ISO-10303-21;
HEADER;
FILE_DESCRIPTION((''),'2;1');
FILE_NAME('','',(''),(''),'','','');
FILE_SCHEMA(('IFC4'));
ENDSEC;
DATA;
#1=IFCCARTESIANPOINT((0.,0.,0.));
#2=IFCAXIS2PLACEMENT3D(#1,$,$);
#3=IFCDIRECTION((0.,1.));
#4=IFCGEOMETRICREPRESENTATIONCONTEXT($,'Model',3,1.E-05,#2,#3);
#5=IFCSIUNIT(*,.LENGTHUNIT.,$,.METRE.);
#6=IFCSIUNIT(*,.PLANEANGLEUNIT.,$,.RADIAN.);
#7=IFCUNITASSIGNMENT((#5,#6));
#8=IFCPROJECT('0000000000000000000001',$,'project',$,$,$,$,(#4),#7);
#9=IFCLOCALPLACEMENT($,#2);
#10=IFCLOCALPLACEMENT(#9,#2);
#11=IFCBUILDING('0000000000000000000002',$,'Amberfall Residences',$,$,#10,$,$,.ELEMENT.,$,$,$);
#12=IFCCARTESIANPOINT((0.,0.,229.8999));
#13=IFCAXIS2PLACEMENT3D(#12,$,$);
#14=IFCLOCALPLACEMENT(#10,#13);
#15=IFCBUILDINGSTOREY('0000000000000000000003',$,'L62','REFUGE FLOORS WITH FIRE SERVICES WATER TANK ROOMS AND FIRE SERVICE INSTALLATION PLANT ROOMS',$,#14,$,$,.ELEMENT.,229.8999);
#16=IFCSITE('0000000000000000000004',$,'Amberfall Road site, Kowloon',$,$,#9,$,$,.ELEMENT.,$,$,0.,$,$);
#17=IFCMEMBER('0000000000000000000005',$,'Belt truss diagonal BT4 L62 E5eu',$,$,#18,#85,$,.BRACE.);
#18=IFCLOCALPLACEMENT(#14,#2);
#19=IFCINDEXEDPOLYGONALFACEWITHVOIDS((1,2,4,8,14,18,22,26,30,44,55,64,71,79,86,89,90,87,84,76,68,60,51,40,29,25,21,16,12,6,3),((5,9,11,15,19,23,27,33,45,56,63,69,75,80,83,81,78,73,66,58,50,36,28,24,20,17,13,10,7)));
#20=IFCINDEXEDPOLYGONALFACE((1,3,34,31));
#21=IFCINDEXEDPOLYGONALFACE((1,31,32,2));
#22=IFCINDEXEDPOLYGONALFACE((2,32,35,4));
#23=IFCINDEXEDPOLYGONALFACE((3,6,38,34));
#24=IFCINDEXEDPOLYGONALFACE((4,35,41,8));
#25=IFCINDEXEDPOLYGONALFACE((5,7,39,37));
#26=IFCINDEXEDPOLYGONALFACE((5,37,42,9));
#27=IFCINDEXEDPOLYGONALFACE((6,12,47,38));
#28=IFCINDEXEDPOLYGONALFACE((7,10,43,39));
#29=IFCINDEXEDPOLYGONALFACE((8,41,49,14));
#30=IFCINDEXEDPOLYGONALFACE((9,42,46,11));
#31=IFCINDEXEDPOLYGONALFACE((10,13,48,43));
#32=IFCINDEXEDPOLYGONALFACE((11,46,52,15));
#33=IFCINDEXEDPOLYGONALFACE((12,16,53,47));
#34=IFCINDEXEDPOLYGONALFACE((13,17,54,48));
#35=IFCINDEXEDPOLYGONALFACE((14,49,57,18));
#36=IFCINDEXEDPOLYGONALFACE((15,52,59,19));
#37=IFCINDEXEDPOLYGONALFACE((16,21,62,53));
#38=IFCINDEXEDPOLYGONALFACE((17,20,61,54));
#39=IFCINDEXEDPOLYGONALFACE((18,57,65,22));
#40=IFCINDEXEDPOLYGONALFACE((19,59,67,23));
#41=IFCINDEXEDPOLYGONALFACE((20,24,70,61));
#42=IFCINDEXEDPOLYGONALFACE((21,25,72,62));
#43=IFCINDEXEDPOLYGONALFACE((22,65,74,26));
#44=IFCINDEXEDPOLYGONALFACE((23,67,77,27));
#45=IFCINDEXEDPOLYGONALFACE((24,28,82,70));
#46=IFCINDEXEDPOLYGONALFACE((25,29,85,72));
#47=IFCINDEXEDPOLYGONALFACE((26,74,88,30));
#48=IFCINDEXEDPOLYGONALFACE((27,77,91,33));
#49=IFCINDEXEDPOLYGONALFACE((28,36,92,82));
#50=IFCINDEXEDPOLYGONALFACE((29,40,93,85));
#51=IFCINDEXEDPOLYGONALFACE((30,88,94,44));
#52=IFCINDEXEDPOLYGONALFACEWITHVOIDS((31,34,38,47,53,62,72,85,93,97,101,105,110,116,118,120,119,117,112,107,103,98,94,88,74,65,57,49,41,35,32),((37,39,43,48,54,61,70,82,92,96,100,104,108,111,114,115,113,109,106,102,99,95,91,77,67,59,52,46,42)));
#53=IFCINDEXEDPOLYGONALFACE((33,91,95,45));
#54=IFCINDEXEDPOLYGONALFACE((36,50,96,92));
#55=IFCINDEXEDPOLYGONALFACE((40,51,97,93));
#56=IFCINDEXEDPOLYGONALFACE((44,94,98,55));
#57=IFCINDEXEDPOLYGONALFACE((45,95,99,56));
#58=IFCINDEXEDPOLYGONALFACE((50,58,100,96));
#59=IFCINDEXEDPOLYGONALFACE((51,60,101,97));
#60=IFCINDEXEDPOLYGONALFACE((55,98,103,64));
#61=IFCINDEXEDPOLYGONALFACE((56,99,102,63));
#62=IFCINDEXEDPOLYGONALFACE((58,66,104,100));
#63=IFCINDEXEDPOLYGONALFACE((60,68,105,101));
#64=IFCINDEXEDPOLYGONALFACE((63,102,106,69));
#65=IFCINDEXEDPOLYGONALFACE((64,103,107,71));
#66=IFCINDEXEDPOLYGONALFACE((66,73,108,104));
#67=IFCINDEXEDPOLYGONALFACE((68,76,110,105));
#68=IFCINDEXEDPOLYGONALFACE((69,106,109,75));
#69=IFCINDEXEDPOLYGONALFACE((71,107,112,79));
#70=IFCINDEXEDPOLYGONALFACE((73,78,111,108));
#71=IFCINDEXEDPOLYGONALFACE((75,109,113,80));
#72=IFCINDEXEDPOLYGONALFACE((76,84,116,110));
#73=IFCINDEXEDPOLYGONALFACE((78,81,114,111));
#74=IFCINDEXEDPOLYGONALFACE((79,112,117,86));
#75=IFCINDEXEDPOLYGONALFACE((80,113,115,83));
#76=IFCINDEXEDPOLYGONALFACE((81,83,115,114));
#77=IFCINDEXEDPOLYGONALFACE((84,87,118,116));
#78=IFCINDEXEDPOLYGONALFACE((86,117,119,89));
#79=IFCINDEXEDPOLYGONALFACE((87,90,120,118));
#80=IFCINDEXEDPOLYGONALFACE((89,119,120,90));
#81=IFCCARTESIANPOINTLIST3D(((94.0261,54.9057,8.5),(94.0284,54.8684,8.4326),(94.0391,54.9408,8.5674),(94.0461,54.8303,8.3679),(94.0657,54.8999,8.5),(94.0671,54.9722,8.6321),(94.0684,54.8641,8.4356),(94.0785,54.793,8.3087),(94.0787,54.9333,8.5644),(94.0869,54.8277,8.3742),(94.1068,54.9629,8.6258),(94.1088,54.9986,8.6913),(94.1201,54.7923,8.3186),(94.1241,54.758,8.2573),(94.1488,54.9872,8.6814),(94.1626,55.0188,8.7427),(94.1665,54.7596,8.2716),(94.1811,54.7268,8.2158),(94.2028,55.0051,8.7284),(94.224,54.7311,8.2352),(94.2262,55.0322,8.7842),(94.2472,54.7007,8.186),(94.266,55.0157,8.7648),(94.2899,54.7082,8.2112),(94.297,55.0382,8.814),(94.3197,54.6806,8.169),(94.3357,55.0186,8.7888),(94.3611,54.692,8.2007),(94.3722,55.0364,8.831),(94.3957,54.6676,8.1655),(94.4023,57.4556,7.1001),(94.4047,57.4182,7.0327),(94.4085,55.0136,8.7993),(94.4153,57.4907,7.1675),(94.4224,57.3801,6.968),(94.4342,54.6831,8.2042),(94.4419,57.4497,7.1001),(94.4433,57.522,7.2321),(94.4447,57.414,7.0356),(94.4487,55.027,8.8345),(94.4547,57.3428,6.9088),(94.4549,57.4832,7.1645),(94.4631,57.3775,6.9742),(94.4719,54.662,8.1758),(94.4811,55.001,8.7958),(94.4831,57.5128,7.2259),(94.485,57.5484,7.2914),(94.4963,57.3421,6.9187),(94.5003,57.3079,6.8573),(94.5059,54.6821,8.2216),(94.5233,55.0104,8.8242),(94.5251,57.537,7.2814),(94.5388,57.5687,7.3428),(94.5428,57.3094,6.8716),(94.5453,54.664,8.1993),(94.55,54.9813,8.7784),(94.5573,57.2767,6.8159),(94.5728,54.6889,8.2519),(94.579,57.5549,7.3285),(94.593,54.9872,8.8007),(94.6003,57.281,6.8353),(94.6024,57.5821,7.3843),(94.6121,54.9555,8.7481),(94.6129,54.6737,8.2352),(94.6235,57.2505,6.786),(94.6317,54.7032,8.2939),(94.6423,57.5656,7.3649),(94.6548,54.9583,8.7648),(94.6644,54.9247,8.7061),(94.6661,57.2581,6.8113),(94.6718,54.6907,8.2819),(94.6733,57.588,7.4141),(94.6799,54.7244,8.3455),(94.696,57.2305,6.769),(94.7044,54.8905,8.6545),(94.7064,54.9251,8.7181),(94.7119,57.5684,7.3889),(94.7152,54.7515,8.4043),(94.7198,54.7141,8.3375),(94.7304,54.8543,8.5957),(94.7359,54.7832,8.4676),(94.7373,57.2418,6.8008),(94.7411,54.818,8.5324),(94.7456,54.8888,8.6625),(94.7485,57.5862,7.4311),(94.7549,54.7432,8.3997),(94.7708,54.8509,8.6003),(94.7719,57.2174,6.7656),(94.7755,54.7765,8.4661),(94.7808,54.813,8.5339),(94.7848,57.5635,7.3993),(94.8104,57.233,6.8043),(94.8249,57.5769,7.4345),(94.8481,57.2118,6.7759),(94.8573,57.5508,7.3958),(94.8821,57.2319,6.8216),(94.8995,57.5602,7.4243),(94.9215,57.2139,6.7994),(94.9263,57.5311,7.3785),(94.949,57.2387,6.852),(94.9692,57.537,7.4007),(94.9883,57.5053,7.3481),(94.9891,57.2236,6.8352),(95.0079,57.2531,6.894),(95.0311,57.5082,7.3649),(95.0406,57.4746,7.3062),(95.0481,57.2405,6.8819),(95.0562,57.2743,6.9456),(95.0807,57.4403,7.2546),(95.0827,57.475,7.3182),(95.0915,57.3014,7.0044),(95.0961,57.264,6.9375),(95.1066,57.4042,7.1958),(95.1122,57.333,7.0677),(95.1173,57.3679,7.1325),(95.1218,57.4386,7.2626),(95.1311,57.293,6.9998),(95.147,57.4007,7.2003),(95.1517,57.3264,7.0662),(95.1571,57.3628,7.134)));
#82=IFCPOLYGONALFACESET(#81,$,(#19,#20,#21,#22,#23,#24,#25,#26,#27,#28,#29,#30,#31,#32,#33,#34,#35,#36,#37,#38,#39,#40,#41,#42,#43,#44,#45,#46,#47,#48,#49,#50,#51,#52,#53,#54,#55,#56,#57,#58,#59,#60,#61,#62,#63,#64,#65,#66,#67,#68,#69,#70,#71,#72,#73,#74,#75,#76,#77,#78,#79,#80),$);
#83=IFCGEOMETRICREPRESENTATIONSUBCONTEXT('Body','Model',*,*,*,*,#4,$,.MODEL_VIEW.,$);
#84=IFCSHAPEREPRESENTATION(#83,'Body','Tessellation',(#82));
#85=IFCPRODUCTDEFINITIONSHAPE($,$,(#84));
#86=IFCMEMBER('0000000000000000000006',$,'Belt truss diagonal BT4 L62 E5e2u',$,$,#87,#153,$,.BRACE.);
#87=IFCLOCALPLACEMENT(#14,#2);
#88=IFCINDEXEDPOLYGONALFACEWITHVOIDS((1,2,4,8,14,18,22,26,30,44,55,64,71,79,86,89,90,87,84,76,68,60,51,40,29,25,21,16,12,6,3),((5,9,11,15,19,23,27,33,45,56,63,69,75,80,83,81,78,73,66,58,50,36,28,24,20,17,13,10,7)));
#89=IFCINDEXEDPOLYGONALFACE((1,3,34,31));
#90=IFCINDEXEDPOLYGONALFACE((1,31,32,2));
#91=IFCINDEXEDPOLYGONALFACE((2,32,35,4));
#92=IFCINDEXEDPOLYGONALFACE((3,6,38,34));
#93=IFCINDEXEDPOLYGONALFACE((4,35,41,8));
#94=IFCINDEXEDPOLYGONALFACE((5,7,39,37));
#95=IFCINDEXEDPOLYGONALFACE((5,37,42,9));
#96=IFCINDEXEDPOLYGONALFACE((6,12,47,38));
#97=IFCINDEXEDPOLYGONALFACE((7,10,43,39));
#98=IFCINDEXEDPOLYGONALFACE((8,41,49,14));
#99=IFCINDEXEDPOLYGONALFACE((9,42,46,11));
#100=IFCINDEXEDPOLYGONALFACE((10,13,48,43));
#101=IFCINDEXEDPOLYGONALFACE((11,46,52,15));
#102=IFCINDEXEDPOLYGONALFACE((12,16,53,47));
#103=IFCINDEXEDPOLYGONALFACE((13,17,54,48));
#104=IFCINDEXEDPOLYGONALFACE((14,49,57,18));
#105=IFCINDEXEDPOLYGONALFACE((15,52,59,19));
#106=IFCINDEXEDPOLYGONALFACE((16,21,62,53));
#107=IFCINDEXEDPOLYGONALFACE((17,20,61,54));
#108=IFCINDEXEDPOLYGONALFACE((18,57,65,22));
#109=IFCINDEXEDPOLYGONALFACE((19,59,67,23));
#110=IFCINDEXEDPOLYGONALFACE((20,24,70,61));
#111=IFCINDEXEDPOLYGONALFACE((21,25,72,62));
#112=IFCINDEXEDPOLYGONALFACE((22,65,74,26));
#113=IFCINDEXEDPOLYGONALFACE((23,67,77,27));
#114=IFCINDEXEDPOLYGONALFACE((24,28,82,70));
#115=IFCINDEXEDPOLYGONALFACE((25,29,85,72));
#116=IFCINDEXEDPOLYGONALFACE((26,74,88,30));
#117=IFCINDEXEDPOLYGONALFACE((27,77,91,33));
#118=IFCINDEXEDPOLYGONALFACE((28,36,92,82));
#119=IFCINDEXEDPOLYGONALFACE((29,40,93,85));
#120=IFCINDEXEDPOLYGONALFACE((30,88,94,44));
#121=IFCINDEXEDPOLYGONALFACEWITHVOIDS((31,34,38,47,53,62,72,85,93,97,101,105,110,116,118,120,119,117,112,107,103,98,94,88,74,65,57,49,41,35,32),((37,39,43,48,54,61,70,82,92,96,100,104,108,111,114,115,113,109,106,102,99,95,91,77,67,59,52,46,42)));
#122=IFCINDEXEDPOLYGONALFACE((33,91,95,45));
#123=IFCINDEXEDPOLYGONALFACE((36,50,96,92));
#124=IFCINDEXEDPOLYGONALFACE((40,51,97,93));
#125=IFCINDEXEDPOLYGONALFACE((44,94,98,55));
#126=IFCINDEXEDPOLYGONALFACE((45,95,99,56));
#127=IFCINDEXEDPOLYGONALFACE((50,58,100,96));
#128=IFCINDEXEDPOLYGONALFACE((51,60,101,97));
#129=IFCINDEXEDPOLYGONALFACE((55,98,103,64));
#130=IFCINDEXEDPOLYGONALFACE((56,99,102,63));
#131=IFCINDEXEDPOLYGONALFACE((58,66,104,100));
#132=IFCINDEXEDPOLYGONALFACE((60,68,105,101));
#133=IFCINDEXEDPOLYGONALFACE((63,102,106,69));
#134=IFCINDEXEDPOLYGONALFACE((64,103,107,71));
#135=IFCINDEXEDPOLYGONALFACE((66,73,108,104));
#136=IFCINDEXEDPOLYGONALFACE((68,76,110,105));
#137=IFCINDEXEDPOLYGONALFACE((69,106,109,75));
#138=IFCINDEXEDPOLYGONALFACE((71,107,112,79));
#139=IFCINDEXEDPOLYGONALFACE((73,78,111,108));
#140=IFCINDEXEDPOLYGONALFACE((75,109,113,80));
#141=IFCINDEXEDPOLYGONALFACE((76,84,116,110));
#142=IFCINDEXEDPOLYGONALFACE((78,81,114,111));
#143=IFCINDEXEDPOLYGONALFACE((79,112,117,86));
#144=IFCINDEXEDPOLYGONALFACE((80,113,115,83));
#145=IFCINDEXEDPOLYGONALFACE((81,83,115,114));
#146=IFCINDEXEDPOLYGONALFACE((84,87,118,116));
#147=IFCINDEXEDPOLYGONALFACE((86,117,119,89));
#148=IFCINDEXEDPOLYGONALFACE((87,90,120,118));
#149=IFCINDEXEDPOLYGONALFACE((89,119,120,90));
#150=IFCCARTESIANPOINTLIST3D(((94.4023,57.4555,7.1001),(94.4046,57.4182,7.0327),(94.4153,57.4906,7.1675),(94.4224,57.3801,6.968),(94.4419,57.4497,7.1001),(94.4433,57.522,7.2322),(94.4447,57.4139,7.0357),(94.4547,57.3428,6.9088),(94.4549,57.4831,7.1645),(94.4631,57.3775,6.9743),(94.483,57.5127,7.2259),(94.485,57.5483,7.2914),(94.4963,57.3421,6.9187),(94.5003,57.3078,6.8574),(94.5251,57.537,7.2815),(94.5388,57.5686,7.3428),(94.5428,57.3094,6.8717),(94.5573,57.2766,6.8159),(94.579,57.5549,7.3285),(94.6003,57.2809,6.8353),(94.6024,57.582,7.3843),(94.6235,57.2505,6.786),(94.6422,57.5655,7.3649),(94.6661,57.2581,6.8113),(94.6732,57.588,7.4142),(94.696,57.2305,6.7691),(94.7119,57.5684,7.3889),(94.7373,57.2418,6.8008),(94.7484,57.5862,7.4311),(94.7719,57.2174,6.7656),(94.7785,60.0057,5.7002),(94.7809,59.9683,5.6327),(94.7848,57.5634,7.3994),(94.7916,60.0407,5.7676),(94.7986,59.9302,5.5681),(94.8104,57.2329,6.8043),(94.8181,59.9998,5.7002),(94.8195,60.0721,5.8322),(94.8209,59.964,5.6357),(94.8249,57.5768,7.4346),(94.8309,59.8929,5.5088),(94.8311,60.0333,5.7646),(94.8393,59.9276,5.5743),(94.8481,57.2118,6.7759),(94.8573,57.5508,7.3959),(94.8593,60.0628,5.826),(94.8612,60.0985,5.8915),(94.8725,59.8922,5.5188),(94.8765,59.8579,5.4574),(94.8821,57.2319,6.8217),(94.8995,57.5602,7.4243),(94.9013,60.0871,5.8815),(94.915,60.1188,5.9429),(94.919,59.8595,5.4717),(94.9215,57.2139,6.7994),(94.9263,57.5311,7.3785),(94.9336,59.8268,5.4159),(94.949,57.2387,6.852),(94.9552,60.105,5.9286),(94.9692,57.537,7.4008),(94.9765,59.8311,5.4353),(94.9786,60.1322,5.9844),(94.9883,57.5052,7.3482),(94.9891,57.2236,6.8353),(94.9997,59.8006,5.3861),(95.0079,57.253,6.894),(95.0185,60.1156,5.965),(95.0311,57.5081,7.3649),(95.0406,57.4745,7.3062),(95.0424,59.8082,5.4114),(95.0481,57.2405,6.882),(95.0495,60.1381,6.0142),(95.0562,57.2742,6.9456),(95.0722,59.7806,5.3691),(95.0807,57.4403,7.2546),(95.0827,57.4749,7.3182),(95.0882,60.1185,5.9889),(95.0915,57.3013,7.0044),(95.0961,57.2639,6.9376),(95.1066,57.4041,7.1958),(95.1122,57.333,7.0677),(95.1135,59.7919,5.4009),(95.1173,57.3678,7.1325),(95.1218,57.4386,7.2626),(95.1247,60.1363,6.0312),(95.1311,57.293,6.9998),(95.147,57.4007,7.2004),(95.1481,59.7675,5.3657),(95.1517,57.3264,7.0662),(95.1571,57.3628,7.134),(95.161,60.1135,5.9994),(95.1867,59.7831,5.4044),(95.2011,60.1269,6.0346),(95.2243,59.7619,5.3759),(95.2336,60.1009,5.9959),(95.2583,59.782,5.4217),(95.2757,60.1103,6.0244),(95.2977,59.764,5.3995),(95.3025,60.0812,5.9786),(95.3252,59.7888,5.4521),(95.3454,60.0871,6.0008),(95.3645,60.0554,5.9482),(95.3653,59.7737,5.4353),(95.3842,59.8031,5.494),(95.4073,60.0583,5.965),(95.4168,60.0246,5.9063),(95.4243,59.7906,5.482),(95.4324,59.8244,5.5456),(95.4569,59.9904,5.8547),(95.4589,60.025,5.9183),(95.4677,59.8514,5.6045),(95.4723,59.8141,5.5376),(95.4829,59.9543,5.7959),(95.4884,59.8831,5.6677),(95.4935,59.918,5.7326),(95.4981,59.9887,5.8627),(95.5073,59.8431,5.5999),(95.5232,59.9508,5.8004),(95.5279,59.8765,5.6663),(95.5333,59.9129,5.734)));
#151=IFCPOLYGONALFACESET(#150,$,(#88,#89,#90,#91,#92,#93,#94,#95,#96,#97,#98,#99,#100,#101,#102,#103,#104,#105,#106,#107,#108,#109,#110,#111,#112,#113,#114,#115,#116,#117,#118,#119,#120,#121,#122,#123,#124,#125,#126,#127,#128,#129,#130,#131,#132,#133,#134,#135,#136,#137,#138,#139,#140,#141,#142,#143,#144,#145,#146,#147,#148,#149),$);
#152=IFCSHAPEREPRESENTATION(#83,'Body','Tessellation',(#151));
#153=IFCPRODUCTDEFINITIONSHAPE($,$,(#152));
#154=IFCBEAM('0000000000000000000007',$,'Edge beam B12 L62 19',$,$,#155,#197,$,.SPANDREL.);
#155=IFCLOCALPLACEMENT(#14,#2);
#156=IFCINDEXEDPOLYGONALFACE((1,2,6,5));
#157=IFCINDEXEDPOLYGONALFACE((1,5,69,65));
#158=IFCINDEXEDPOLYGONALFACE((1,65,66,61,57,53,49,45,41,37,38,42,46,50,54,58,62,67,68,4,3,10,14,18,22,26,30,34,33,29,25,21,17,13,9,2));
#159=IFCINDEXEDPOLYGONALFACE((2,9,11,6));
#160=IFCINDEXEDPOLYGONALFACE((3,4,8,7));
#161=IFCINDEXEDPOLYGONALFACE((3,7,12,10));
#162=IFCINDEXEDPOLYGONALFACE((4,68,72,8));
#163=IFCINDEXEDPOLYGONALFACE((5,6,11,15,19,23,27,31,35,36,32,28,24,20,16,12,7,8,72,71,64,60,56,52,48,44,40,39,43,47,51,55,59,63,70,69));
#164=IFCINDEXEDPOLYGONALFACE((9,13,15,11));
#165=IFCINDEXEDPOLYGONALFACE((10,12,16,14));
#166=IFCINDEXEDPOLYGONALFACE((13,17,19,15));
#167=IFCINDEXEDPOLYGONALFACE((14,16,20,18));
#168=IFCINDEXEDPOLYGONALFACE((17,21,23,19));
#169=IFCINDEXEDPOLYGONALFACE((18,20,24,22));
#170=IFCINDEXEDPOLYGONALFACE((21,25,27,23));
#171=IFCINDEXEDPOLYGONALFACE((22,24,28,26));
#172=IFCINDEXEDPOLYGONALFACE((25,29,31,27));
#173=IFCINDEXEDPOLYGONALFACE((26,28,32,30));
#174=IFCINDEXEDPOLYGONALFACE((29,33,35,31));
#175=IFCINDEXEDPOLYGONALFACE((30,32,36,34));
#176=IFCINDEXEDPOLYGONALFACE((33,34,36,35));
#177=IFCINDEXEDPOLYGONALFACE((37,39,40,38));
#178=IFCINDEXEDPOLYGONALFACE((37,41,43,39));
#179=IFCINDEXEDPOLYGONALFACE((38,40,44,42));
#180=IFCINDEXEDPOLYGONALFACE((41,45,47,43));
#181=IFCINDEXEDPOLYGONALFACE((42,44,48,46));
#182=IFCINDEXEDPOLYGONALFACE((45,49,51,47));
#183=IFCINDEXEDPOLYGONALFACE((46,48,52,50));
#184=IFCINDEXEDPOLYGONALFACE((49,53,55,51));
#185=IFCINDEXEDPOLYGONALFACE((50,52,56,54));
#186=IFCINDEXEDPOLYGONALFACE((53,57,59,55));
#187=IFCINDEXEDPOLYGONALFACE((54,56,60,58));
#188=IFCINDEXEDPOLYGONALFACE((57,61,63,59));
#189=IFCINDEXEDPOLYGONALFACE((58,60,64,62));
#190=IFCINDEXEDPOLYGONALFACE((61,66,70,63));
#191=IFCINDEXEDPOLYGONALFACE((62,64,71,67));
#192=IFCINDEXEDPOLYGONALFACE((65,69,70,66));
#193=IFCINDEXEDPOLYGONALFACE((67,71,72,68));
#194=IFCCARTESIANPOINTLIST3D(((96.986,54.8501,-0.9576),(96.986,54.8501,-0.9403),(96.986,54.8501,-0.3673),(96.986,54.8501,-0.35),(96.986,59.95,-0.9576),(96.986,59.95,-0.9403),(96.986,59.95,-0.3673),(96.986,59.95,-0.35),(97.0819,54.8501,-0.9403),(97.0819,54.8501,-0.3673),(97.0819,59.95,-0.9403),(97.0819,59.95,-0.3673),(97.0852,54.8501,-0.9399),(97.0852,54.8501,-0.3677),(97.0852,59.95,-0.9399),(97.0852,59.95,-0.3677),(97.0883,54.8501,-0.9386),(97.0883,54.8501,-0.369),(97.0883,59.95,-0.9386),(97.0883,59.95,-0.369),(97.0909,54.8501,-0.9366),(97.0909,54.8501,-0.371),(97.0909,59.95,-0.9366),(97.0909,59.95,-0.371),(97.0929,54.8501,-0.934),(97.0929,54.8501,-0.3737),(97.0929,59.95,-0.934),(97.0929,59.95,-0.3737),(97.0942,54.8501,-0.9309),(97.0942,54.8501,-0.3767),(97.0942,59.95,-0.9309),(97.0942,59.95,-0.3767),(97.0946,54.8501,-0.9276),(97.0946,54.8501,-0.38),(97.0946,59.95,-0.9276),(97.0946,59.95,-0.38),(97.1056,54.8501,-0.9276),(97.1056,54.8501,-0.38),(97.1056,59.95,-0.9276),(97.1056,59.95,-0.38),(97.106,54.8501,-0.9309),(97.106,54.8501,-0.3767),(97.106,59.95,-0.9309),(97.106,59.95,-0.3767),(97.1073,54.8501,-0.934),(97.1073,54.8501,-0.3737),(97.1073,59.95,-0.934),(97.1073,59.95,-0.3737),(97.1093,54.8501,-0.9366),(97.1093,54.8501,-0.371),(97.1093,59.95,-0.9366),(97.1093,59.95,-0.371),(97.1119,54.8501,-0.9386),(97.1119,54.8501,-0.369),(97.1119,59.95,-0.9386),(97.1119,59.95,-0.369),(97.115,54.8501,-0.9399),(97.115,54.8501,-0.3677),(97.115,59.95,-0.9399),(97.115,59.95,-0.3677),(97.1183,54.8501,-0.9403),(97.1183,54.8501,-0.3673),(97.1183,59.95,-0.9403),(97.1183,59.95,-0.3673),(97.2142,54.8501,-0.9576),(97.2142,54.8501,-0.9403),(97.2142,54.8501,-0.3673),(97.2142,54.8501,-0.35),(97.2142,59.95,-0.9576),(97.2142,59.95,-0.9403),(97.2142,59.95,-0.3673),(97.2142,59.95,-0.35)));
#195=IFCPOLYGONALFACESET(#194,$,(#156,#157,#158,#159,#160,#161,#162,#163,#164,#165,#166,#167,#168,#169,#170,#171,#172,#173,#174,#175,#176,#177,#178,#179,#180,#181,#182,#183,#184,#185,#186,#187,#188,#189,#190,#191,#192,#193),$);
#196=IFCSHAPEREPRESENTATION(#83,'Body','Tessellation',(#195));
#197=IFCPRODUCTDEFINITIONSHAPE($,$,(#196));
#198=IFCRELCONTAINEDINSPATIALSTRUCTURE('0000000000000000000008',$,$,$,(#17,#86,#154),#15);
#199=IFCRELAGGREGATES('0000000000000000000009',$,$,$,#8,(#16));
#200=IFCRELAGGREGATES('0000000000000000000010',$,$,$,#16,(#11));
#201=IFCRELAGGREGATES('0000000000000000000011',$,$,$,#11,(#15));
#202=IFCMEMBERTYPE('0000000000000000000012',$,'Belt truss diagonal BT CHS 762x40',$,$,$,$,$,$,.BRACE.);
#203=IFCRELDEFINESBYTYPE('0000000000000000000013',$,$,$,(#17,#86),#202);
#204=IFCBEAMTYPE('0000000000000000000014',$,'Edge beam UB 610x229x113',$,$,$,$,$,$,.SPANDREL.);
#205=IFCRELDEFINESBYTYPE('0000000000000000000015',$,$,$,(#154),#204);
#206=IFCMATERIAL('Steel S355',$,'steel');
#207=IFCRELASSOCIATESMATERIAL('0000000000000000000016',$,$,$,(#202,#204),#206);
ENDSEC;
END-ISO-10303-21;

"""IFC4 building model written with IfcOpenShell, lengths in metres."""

from ifc_helpers import new_model, si_unit, direction, frame, origin, origin_2d, place, context, subcontext, project, spatial, hollow_circle, i_section, extrude, material, material_profile, profile_set, type_object, element, save


model = new_model("IFC4")

# Units and contexts
model_context = context("Model", 3, precision=1e-05, world=origin(), true_north=direction((0.0, 1.0)))
body_context = subcontext(model_context, "Body", "Model", "MODEL_VIEW")
ifc_project = project(units=[si_unit("LENGTHUNIT", "METRE"), si_unit("PLANEANGLEUNIT", "RADIAN")], contexts=[model_context])

# Site, building, storey
site_placement = place(None, origin())
site = spatial("IfcSite", under=ifc_project, at=site_placement, Name="Amberfall Road site, Kowloon", CompositionType="ELEMENT", RefElevation=0.0)
building_placement = place(site_placement, origin())
building = spatial("IfcBuilding", under=site, at=building_placement, Name="Amberfall Residences", CompositionType="ELEMENT")
storey_placement = place(building_placement, frame((0.0, 0.0, 229.8999)))
storey = spatial("IfcBuildingStorey", under=building, at=storey_placement, Name="L62", Description="REFUGE FLOORS WITH FIRE SERVICES WATER TANK ROOMS AND FIRE SERVICE INSTALLATION PLANT ROOMS", CompositionType="ELEMENT", Elevation=229.8999)

# Shared definitions
ifc_material_1 = material(Name="Steel S355", Category="steel")

# Members
ifc_material_profile_1 = material_profile(ifc_material_1, hollow_circle(Radius=0.3811, WallThickness=0.04, at=origin_2d()), Name="CHS 762x40")
ifc_profile_set_1 = profile_set([ifc_material_profile_1], Name="Steel S355")
member_type = type_object("IfcMemberType", Name="Belt truss diagonal BT CHS 762x40", PredefinedType="BRACE", material=ifc_profile_set_1)
member_1_placement = place(storey_placement, frame((94.4031, 54.8501, 8.5), z_axis=(0.12827, 0.869336, -0.477286), x_axis=(-0.989289, 0.145968, 0.0)))
element("IfcMember", 1, at=member_1_placement, inside=storey, type_object=member_type, Name="Belt truss diagonal BT4 L62 E5eu", PredefinedType="BRACE", context=body_context, shape_type="SweptSolid", body=[
    extrude(hollow_circle(Radius=0.3811, WallThickness=0.04, at=origin_2d()), origin(), (0.0, 0.0, 1.0), 2.9331),
])
member_2_placement = place(storey_placement, frame((94.7793, 57.3999, 7.1001), z_axis=(0.12826, 0.869356, -0.477251), x_axis=(-0.989291, 0.145955, 0.0)))
element("IfcMember", 2, at=member_2_placement, inside=storey, type_object=member_type, Name="Belt truss diagonal BT4 L62 E5e2u", PredefinedType="BRACE", context=body_context, shape_type="SweptSolid", body=[
    extrude(hollow_circle(Radius=0.3811, WallThickness=0.04, at=origin_2d()), origin(), (0.0, 0.0, 1.0), 2.9333),
])

# Beam
ifc_material_profile_2 = material_profile(ifc_material_1, i_section(OverallWidth=0.2283, OverallDepth=0.6077, WebThickness=0.011, FlangeThickness=0.0173, FilletRadius=0.0127, at=origin_2d()), Name="UB 610x229x113")
ifc_profile_set_2 = profile_set([ifc_material_profile_2], Name="Steel S355")
beam_type_1 = type_object("IfcBeamType", Name="Edge beam UB 610x229x113", PredefinedType="SPANDREL", material=ifc_profile_set_2)
beam_1_placement = place(storey_placement, frame((97.1001, 54.8501, -0.6538), z_axis=(0.0, 1.0, 0.0), x_axis=(-1.0, 0.0, 0.0)))
element("IfcBeam", 3, at=beam_1_placement, inside=storey, type_object=beam_type_1, Name="Edge beam B12 L62 19", PredefinedType="SPANDREL", context=body_context, shape_type="SweptSolid", body=[
    extrude(i_section(OverallWidth=0.2283, OverallDepth=0.6077, WebThickness=0.011, FlangeThickness=0.0173, FilletRadius=0.0127, at=origin_2d()), origin(), (0.0, 0.0, 1.0), 5.0999),
])

save(model, "model.ifc")
